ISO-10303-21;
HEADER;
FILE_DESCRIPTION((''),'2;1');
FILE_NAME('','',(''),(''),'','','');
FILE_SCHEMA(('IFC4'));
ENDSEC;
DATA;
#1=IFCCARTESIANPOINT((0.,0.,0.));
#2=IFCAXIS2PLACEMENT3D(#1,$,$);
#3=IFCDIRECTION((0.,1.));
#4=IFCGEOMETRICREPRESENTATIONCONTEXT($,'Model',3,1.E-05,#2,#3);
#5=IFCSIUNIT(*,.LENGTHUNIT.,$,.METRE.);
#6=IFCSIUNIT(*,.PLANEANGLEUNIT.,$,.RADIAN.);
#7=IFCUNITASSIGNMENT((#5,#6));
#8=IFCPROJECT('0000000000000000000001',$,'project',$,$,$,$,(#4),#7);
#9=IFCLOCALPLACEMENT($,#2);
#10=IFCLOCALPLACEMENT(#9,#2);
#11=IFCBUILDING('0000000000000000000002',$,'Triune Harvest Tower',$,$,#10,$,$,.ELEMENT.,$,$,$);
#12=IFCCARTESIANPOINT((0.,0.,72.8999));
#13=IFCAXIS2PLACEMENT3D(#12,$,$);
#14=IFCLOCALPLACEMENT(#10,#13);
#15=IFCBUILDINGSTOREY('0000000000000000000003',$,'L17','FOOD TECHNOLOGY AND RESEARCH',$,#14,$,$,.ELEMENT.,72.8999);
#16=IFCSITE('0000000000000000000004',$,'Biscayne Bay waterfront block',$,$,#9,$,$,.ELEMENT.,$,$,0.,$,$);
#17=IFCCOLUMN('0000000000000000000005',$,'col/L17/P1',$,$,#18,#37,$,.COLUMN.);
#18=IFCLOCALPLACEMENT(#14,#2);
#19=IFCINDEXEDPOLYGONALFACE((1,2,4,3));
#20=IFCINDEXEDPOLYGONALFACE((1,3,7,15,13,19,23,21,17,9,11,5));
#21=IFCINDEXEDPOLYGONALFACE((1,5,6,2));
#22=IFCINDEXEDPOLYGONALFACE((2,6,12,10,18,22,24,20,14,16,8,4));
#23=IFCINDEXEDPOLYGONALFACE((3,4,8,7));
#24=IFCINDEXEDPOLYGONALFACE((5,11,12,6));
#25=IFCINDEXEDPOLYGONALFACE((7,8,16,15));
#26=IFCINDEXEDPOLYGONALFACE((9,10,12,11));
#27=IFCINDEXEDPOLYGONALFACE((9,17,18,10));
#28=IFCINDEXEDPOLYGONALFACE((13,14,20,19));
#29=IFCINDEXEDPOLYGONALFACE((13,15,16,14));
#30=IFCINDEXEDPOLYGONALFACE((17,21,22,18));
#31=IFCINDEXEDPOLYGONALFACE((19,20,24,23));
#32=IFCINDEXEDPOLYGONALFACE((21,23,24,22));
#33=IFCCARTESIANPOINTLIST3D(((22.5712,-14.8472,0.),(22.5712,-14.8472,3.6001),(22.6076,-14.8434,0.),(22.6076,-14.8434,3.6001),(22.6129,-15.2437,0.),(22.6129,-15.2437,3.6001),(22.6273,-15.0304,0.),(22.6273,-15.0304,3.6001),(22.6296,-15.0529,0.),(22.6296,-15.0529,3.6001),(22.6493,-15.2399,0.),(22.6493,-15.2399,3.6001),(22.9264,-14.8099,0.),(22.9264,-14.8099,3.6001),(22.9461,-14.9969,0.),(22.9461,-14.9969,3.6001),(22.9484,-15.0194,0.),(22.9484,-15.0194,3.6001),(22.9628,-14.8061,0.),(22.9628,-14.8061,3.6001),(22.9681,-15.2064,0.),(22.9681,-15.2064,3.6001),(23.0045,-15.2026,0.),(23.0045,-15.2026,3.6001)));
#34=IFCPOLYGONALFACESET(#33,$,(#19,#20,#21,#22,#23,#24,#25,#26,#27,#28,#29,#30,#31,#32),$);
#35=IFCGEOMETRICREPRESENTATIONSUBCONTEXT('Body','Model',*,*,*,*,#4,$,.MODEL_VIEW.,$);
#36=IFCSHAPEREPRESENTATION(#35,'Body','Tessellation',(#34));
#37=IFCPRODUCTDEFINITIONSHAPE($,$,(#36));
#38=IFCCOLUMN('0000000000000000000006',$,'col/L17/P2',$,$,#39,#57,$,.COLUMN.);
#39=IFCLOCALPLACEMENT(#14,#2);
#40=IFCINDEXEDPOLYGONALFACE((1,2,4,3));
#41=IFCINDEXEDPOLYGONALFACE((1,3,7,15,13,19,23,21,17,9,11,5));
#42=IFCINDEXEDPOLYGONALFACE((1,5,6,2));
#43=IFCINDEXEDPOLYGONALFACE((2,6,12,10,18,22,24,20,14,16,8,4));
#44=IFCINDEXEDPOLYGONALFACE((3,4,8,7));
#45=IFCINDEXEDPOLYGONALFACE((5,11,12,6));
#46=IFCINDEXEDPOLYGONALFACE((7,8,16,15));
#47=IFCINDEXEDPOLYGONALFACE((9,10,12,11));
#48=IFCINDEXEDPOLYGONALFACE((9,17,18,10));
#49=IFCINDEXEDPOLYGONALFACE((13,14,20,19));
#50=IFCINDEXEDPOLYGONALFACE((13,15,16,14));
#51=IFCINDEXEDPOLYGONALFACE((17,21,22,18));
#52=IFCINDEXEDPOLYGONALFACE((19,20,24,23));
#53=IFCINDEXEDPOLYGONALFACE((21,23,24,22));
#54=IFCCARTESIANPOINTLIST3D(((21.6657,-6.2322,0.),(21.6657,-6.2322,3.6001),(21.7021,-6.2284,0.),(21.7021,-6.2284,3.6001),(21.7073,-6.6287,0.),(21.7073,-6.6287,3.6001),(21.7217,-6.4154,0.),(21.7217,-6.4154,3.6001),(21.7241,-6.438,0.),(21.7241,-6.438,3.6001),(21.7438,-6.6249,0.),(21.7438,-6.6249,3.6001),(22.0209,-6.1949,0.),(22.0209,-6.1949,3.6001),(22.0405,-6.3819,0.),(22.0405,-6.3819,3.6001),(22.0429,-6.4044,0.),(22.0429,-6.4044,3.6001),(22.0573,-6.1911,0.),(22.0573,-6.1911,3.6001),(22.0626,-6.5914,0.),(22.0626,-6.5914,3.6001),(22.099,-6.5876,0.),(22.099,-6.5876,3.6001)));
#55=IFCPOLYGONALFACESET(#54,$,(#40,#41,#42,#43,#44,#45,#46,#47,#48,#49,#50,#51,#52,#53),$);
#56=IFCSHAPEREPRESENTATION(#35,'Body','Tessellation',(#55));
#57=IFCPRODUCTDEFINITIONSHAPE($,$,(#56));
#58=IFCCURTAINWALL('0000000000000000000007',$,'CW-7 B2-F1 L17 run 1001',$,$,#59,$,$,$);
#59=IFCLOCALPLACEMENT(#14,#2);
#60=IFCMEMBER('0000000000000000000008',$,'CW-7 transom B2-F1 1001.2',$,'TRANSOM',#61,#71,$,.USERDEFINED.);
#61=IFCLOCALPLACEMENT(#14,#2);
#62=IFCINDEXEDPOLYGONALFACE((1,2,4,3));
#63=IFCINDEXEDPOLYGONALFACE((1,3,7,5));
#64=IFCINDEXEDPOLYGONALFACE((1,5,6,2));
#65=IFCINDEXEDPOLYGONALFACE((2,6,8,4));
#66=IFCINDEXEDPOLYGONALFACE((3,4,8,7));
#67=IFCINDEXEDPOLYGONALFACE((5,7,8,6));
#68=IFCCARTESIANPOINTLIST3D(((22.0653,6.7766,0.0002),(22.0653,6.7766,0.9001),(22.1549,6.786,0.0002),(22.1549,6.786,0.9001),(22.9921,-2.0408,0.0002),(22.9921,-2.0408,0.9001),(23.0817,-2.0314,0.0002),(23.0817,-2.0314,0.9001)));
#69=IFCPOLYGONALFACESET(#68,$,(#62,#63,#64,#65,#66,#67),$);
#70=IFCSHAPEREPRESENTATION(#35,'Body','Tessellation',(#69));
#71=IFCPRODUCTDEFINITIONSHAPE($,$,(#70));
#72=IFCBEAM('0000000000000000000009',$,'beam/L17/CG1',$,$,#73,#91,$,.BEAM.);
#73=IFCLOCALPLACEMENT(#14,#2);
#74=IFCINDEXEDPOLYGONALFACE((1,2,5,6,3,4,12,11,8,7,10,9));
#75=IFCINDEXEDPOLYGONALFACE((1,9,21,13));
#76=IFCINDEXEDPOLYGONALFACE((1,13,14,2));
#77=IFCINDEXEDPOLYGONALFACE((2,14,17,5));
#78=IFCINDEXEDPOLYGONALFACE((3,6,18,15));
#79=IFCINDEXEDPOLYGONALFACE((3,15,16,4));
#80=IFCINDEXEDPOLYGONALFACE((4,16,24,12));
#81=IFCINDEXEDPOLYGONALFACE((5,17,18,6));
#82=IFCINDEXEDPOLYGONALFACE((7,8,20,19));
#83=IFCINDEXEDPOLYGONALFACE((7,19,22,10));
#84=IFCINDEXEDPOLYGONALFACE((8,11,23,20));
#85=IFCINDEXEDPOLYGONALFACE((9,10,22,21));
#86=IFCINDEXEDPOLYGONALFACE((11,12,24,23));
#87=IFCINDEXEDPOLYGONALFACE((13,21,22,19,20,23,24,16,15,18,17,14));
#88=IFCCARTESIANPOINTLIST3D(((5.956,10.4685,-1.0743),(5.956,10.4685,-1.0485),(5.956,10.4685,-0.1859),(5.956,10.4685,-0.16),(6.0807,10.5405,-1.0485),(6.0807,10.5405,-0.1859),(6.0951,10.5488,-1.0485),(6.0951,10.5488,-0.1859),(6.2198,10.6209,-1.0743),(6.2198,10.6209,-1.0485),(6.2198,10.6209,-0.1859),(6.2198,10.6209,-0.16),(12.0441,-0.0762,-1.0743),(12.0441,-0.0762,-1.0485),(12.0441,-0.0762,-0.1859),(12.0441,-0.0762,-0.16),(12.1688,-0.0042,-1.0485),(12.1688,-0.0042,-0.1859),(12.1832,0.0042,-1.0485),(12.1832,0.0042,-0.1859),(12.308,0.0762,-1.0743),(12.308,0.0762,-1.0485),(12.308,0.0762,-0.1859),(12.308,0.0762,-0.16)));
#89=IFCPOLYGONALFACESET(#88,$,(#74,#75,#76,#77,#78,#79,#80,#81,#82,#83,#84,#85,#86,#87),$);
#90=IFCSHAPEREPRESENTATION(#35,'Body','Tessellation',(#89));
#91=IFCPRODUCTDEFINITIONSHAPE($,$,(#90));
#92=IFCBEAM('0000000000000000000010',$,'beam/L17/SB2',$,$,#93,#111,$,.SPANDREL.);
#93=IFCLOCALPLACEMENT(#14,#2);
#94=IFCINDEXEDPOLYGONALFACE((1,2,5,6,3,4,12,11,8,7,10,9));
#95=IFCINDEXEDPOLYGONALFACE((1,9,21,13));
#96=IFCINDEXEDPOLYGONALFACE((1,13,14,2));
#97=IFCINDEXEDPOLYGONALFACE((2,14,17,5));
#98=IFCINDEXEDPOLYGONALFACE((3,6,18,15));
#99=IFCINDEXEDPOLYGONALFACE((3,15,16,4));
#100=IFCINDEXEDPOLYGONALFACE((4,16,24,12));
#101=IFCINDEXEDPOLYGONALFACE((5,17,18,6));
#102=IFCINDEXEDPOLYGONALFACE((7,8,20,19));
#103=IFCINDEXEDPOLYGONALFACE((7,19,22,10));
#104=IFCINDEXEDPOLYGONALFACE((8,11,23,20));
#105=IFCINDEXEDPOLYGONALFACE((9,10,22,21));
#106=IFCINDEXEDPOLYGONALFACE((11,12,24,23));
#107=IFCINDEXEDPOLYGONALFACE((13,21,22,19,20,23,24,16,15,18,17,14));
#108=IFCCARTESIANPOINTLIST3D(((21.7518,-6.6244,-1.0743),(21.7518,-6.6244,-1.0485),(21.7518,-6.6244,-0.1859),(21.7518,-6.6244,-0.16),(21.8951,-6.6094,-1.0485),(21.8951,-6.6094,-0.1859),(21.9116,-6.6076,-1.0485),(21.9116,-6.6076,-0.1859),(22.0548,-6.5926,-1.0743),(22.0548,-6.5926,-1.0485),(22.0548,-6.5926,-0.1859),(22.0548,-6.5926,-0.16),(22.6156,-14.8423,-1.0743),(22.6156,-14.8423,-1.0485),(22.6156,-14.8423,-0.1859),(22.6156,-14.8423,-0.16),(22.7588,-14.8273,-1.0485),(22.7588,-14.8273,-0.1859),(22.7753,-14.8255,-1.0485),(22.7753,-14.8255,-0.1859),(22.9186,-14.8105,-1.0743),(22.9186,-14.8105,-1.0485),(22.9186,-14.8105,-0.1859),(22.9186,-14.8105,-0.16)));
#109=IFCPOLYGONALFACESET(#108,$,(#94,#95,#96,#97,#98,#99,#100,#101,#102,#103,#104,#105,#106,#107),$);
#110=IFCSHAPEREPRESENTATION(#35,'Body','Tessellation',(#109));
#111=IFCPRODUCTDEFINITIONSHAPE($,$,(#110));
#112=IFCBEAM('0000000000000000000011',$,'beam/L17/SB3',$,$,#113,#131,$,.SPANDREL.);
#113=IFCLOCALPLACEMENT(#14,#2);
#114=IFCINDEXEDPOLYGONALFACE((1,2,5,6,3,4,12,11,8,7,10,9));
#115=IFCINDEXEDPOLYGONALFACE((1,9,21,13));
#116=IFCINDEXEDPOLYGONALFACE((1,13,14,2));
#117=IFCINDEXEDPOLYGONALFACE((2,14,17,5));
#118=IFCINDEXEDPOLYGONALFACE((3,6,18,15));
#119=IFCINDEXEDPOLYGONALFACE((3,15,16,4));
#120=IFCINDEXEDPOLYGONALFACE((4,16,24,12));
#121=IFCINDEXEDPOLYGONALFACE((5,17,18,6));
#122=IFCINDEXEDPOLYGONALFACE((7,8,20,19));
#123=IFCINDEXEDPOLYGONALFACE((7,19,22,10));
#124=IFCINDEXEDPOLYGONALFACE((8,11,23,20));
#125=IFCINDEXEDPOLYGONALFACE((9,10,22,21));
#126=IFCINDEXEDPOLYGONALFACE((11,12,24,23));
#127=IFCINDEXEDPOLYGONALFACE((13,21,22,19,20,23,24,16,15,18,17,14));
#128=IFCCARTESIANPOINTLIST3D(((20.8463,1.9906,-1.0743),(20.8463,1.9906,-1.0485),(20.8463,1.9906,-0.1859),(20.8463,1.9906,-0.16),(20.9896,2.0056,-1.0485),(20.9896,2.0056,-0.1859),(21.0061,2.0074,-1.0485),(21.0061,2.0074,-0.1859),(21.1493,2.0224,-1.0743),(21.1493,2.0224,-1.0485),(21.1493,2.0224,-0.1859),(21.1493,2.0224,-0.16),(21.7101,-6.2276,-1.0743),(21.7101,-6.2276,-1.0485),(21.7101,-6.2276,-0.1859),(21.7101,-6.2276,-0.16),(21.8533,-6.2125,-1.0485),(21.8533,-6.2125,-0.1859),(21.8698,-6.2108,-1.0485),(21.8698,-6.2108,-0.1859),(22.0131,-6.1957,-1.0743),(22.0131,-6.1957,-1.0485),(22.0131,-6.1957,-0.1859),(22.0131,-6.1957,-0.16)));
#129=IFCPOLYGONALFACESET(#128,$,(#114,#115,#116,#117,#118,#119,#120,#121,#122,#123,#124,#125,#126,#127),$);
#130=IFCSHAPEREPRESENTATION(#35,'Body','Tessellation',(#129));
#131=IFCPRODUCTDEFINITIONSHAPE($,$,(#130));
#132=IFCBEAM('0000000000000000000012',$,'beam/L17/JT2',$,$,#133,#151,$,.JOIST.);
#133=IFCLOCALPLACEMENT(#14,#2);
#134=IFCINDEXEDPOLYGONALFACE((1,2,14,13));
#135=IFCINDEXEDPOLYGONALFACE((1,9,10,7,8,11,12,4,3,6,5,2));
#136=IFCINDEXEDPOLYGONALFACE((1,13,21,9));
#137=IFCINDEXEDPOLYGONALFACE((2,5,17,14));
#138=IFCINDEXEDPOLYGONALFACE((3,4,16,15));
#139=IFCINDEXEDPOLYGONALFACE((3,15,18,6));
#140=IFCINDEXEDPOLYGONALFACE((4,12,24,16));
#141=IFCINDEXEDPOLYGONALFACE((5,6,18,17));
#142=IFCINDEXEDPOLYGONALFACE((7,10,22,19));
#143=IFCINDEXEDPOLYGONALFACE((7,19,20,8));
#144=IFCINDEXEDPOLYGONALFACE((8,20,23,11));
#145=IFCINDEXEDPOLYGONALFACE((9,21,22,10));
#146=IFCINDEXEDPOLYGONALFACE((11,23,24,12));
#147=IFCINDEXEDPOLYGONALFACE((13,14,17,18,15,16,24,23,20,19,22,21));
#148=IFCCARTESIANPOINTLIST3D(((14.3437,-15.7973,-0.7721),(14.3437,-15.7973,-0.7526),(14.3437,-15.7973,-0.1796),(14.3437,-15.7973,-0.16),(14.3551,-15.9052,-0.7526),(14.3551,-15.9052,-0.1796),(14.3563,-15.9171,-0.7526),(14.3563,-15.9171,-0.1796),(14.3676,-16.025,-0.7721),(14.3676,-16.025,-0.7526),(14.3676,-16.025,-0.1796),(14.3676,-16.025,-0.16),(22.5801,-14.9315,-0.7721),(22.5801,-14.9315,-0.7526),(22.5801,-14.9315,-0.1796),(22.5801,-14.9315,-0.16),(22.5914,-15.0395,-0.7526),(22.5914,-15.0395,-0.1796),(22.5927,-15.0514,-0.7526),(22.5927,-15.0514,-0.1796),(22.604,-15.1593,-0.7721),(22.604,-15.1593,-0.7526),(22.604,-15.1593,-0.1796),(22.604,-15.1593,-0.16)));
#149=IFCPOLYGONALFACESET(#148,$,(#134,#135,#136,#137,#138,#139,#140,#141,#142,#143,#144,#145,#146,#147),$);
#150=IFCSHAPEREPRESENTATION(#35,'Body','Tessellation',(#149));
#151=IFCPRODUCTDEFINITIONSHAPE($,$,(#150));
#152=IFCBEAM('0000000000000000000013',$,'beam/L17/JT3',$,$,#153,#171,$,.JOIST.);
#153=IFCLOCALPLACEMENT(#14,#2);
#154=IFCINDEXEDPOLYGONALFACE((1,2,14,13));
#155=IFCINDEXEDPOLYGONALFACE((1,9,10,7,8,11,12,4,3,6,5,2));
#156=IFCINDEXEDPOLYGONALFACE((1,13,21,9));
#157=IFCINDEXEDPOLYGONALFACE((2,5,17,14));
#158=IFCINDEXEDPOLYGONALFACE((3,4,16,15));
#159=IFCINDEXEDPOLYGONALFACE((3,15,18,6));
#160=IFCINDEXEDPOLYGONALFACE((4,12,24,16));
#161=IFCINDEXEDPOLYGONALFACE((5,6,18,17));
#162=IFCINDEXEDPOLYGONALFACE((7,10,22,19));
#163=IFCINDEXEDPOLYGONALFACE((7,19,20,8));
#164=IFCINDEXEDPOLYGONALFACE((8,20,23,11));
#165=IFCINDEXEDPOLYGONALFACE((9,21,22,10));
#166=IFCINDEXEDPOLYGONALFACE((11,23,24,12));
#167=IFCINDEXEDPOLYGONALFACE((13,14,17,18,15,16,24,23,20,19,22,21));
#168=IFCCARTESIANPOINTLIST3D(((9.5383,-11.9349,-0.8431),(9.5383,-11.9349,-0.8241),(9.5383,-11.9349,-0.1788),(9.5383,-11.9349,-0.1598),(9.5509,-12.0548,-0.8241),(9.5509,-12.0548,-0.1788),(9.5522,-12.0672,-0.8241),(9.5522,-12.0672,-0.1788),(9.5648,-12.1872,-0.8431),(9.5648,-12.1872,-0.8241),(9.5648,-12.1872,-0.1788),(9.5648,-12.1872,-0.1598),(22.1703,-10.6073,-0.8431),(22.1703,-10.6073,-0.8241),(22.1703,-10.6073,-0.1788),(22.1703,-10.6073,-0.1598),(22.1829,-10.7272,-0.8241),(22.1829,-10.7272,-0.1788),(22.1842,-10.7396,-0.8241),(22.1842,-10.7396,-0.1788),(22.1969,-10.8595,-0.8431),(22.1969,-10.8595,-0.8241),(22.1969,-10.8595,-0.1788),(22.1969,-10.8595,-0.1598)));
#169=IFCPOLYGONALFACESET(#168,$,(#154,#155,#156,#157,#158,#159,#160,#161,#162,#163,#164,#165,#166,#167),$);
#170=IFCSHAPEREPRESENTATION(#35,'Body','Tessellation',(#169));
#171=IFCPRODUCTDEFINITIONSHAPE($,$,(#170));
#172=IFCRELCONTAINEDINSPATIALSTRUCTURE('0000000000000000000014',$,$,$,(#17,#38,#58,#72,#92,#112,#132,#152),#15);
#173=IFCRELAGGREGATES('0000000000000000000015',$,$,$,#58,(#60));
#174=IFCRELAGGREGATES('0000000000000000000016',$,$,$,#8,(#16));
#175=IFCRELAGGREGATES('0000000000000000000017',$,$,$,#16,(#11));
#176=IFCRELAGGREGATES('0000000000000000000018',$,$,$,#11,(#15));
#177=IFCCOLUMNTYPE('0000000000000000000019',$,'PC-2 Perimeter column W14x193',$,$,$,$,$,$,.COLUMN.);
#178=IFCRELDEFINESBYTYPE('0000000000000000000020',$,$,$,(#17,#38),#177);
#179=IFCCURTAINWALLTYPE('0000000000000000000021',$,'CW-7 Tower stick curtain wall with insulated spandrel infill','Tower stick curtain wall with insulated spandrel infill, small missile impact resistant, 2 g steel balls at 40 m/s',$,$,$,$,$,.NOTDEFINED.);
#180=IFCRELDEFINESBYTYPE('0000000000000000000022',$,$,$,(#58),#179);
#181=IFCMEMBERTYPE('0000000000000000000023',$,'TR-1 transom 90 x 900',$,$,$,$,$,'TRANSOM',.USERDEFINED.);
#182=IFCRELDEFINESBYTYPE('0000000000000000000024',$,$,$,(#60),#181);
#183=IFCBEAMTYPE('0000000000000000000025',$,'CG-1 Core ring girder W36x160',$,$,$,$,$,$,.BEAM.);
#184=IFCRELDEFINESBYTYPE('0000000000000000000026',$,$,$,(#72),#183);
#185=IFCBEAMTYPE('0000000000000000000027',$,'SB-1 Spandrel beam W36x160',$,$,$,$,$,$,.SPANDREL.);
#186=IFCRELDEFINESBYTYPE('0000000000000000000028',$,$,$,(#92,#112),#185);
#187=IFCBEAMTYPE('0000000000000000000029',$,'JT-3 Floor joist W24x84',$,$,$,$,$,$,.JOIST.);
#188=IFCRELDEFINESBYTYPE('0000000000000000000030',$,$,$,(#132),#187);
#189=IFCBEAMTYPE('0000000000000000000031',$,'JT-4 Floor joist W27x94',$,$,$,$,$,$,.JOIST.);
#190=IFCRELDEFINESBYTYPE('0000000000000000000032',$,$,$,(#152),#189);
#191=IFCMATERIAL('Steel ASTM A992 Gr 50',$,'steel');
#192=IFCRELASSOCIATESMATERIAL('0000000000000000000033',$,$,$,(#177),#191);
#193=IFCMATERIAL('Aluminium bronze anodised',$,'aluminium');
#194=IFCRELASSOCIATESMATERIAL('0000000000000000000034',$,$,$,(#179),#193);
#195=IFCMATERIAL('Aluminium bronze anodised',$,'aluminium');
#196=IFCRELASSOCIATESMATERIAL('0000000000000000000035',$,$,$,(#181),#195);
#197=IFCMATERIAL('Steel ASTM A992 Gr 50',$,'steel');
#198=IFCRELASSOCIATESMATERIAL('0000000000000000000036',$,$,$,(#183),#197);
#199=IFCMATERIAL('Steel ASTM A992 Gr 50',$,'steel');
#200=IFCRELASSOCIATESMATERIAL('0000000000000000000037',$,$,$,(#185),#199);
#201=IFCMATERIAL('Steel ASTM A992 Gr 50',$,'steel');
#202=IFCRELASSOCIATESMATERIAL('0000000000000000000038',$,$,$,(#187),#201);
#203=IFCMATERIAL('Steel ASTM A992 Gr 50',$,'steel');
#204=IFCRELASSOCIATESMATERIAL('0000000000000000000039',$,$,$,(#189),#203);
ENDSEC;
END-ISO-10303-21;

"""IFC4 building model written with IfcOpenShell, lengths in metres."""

from ifc_helpers import new_model, si_unit, direction, frame, origin, origin_2d, place, context, subcontext, project, spatial, rectangle, i_section, extrude, source, transform, mapped, material, material_profile, profile_set, type_object, element, aggregate, save


model = new_model("IFC4")

# Units and contexts
model_context = context("Model", 3, precision=1e-05, world=origin(), true_north=direction((0.0, 1.0)))
body_context = subcontext(model_context, "Body", "Model", "MODEL_VIEW")
ifc_project = project(units=[si_unit("LENGTHUNIT", "METRE"), si_unit("PLANEANGLEUNIT", "RADIAN")], contexts=[model_context])

# Site, building, storey
site_placement = place(None, origin())
site = spatial("IfcSite", under=ifc_project, at=site_placement, Name="Biscayne Bay waterfront block", CompositionType="ELEMENT", RefElevation=0.0)
building_placement = place(site_placement, origin())
building = spatial("IfcBuilding", under=site, at=building_placement, Name="Triune Harvest Tower", CompositionType="ELEMENT")
storey_placement = place(building_placement, frame((0.0, 0.0, 72.8999)))
storey = spatial("IfcBuildingStorey", under=building, at=storey_placement, Name="L17", Description="FOOD TECHNOLOGY AND RESEARCH", CompositionType="ELEMENT", Elevation=72.8999)

# Columns
ifc_material_1 = material(Name="Steel ASTM A992 Gr 50", Category="steel")
ifc_material_profile_1 = material_profile(ifc_material_1, i_section(OverallWidth=0.3987, OverallDepth=0.3938, WebThickness=0.0227, FlangeThickness=0.0366, at=origin_2d()), Name="W14x193")
ifc_profile_set_1 = profile_set([ifc_material_profile_1], Name="Steel ASTM A992 Gr 50")
column_type = type_object("IfcColumnType", Name="PC-2 Perimeter column W14x193", PredefinedType="COLUMN", material=ifc_profile_set_1)
shared_shape_1 = source(origin(), body_context, "Body", "SweptSolid", [
    extrude(i_section(OverallWidth=0.3987, OverallDepth=0.3938, WebThickness=0.0227, FlangeThickness=0.0366, at=origin_2d()), origin(), (0.0, 0.0, 1.0), 3.6001),
])
for number, where, z_axis, x_axis, name in (
    (1, (22.7878, -15.0249, 0.0), (0.0, 0.0, 1.0), (-0.104527, 0.994522, 0.0), "col/L17/P1"),
    (2, (21.8823, -6.4099, 0.0), (0.0, 0.0, 1.0), (-0.104527, 0.994522, 0.0), "col/L17/P2"),
):
    element("IfcColumn", number, at=place(storey_placement, frame(where, z_axis=z_axis, x_axis=x_axis)), inside=storey, type_object=column_type, Name=name, PredefinedType="COLUMN", context=body_context, shape_type="MappedRepresentation", body=[
        mapped(shared_shape_1, transform((0.0, 0.0, 0.0), scale=1.0)),
    ])

# Curtain wall, member
ifc_material_2 = material(Name="Aluminium bronze anodised", Category="aluminium")
curtain_wall_type_1 = type_object("IfcCurtainWallType", Name="CW-7 Tower stick curtain wall with insulated spandrel infill", Description="Tower stick curtain wall with insulated spandrel infill, small missile impact resistant, 2 g steel balls at 40 m/s", PredefinedType="NOTDEFINED", material=ifc_material_2)
curtain_wall_1_placement = place(storey_placement, origin())
curtain_wall_1 = element("IfcCurtainWall", 3, at=curtain_wall_1_placement, inside=storey, type_object=curtain_wall_type_1, Name="CW-7 B2-F1 L17 run 1001")
ifc_material_3 = material(Name="Aluminium bronze anodised", Category="aluminium")
ifc_material_profile_2 = material_profile(ifc_material_3, rectangle(XDim=0.0901, YDim=0.8999, at=origin_2d()), Name="TR-1 transom 90 x 900")
ifc_profile_set_2 = profile_set([ifc_material_profile_2], Name="Aluminium bronze anodised")
member_type_1 = type_object("IfcMemberType", Name="TR-1 transom 90 x 900", ElementType="TRANSOM", PredefinedType="USERDEFINED", material=ifc_profile_set_2)
member_1_placement = place(storey_placement, frame((23.0369, -2.0361, 0.4502), z_axis=(-0.10453, 0.994522, 0.0), x_axis=(-0.994522, -0.10453, 0.0)))
member_1 = element("IfcMember", 4, at=member_1_placement, type_object=member_type_1, Name="CW-7 transom B2-F1 1001.2", ObjectType="TRANSOM", PredefinedType="USERDEFINED", context=body_context, shape_type="SweptSolid", body=[
    extrude(rectangle(XDim=0.0901, YDim=0.8999, at=origin_2d()), origin(), (0.0, 0.0, 1.0), 8.866),
])

# Beams
ifc_material_4 = material(Name="Steel ASTM A992 Gr 50", Category="steel")
ifc_material_profile_3 = material_profile(ifc_material_4, i_section(OverallWidth=0.3047, OverallDepth=0.9143, WebThickness=0.0166, FlangeThickness=0.0259, at=origin_2d()), Name="W36x160")
ifc_profile_set_3 = profile_set([ifc_material_profile_3], Name="Steel ASTM A992 Gr 50")
beam_type_1 = type_object("IfcBeamType", Name="CG-1 Core ring girder W36x160", PredefinedType="BEAM", material=ifc_profile_set_3)
shared_shape_2 = source(origin(), body_context, "Body", "SweptSolid", [
    extrude(i_section(OverallWidth=0.3047, OverallDepth=0.9143, WebThickness=0.0166, FlangeThickness=0.0259, at=origin_2d()), origin(), (0.0, 0.0, 1.0), 12.176),
])
beam_1_placement = place(storey_placement, frame((12.176, 0.0, -0.6172), z_axis=(-0.50001, 0.86602, 0.0), x_axis=(-0.86602, -0.50001, 0.0)))
element("IfcBeam", 5, at=beam_1_placement, inside=storey, type_object=beam_type_1, Name="beam/L17/CG1", PredefinedType="BEAM", context=body_context, shape_type="MappedRepresentation", body=[
    mapped(shared_shape_2, transform((0.0, 0.0, 0.0), scale=1.0)),
])
ifc_material_5 = material(Name="Steel ASTM A992 Gr 50", Category="steel")
ifc_material_profile_4 = material_profile(ifc_material_5, i_section(OverallWidth=0.3047, OverallDepth=0.9143, WebThickness=0.0166, FlangeThickness=0.0259, at=origin_2d()), Name="W36x160")
ifc_profile_set_4 = profile_set([ifc_material_profile_4], Name="Steel ASTM A992 Gr 50")
beam_type_2 = type_object("IfcBeamType", Name="SB-1 Spandrel beam W36x160", PredefinedType="SPANDREL", material=ifc_profile_set_4)
shared_shape_3 = source(origin(), body_context, "Body", "SweptSolid", [
    extrude(i_section(OverallWidth=0.3047, OverallDepth=0.9143, WebThickness=0.0166, FlangeThickness=0.0259, at=origin_2d()), origin(), (0.0, 0.0, 1.0), 8.2632),
])
beam_2_placement = place(storey_placement, frame((22.7671, -14.8264, -0.6172), z_axis=(-0.104531, 0.994522, 0.0), x_axis=(-0.994522, -0.104531, 0.0)))
element("IfcBeam", 6, at=beam_2_placement, inside=storey, type_object=beam_type_2, Name="beam/L17/SB2", PredefinedType="SPANDREL", context=body_context, shape_type="MappedRepresentation", body=[
    mapped(shared_shape_3, transform((0.0, 0.0, 0.0), scale=1.0)),
])
shared_shape_4 = source(origin(), body_context, "Body", "SweptSolid", [
    extrude(i_section(OverallWidth=0.3047, OverallDepth=0.9143, WebThickness=0.0166, FlangeThickness=0.0259, at=origin_2d()), origin(), (0.0, 0.0, 1.0), 8.2634),
])
beam_3_placement = place(storey_placement, frame((21.8616, -6.2117, -0.6172), z_axis=(-0.104528, 0.994522, 0.0), x_axis=(-0.994522, -0.104528, 0.0)))
element("IfcBeam", 7, at=beam_3_placement, inside=storey, type_object=beam_type_2, Name="beam/L17/SB3", PredefinedType="SPANDREL", context=body_context, shape_type="MappedRepresentation", body=[
    mapped(shared_shape_4, transform((0.0, 0.0, 0.0), scale=1.0)),
])
ifc_material_6 = material(Name="Steel ASTM A992 Gr 50", Category="steel")
ifc_material_profile_5 = material_profile(ifc_material_6, i_section(OverallWidth=0.229, OverallDepth=0.6121, WebThickness=0.012, FlangeThickness=0.0195, at=origin_2d()), Name="W24x84")
ifc_profile_set_5 = profile_set([ifc_material_profile_5], Name="Steel ASTM A992 Gr 50")
beam_type_3 = type_object("IfcBeamType", Name="JT-3 Floor joist W24x84", PredefinedType="JOIST", material=ifc_profile_set_5)
shared_shape_5 = source(origin(), body_context, "Body", "SweptSolid", [
    extrude(i_section(OverallWidth=0.229, OverallDepth=0.6121, WebThickness=0.012, FlangeThickness=0.0195, at=origin_2d()), origin(), (0.0, 0.0, 1.0), 8.2817),
])
beam_4_placement = place(storey_placement, frame((22.592, -15.0454, -0.4661), z_axis=(-0.994521, -0.104534, 0.0), x_axis=(0.104534, -0.994521, 0.0)))
element("IfcBeam", 8, at=beam_4_placement, inside=storey, type_object=beam_type_3, Name="beam/L17/JT2", PredefinedType="JOIST", context=body_context, shape_type="MappedRepresentation", body=[
    mapped(shared_shape_5, transform((0.0, 0.0, 0.0), scale=1.0)),
])
ifc_material_7 = material(Name="Steel ASTM A992 Gr 50", Category="steel")
ifc_material_profile_6 = material_profile(ifc_material_7, i_section(OverallWidth=0.2537, OverallDepth=0.6833, WebThickness=0.0125, FlangeThickness=0.019, at=origin_2d()), Name="W27x94")
ifc_profile_set_6 = profile_set([ifc_material_profile_6], Name="Steel ASTM A992 Gr 50")
beam_type_4 = type_object("IfcBeamType", Name="JT-4 Floor joist W27x94", PredefinedType="JOIST", material=ifc_profile_set_6)
shared_shape_6 = source(origin(), body_context, "Body", "SweptSolid", [
    extrude(i_section(OverallWidth=0.2537, OverallDepth=0.6833, WebThickness=0.0125, FlangeThickness=0.019, at=origin_2d()), origin(), (0.0, 0.0, 1.0), 12.7017),
])
beam_5_placement = place(storey_placement, frame((22.1836, -10.7334, -0.5015), z_axis=(-0.994522, -0.104525, 0.0), x_axis=(0.104525, -0.994522, 0.0)))
element("IfcBeam", 9, at=beam_5_placement, inside=storey, type_object=beam_type_4, Name="beam/L17/JT3", PredefinedType="JOIST", context=body_context, shape_type="MappedRepresentation", body=[
    mapped(shared_shape_6, transform((0.0, 0.0, 0.0), scale=1.0)),
])

aggregate(curtain_wall_1, [member_1])

save(model, "model.ifc")
